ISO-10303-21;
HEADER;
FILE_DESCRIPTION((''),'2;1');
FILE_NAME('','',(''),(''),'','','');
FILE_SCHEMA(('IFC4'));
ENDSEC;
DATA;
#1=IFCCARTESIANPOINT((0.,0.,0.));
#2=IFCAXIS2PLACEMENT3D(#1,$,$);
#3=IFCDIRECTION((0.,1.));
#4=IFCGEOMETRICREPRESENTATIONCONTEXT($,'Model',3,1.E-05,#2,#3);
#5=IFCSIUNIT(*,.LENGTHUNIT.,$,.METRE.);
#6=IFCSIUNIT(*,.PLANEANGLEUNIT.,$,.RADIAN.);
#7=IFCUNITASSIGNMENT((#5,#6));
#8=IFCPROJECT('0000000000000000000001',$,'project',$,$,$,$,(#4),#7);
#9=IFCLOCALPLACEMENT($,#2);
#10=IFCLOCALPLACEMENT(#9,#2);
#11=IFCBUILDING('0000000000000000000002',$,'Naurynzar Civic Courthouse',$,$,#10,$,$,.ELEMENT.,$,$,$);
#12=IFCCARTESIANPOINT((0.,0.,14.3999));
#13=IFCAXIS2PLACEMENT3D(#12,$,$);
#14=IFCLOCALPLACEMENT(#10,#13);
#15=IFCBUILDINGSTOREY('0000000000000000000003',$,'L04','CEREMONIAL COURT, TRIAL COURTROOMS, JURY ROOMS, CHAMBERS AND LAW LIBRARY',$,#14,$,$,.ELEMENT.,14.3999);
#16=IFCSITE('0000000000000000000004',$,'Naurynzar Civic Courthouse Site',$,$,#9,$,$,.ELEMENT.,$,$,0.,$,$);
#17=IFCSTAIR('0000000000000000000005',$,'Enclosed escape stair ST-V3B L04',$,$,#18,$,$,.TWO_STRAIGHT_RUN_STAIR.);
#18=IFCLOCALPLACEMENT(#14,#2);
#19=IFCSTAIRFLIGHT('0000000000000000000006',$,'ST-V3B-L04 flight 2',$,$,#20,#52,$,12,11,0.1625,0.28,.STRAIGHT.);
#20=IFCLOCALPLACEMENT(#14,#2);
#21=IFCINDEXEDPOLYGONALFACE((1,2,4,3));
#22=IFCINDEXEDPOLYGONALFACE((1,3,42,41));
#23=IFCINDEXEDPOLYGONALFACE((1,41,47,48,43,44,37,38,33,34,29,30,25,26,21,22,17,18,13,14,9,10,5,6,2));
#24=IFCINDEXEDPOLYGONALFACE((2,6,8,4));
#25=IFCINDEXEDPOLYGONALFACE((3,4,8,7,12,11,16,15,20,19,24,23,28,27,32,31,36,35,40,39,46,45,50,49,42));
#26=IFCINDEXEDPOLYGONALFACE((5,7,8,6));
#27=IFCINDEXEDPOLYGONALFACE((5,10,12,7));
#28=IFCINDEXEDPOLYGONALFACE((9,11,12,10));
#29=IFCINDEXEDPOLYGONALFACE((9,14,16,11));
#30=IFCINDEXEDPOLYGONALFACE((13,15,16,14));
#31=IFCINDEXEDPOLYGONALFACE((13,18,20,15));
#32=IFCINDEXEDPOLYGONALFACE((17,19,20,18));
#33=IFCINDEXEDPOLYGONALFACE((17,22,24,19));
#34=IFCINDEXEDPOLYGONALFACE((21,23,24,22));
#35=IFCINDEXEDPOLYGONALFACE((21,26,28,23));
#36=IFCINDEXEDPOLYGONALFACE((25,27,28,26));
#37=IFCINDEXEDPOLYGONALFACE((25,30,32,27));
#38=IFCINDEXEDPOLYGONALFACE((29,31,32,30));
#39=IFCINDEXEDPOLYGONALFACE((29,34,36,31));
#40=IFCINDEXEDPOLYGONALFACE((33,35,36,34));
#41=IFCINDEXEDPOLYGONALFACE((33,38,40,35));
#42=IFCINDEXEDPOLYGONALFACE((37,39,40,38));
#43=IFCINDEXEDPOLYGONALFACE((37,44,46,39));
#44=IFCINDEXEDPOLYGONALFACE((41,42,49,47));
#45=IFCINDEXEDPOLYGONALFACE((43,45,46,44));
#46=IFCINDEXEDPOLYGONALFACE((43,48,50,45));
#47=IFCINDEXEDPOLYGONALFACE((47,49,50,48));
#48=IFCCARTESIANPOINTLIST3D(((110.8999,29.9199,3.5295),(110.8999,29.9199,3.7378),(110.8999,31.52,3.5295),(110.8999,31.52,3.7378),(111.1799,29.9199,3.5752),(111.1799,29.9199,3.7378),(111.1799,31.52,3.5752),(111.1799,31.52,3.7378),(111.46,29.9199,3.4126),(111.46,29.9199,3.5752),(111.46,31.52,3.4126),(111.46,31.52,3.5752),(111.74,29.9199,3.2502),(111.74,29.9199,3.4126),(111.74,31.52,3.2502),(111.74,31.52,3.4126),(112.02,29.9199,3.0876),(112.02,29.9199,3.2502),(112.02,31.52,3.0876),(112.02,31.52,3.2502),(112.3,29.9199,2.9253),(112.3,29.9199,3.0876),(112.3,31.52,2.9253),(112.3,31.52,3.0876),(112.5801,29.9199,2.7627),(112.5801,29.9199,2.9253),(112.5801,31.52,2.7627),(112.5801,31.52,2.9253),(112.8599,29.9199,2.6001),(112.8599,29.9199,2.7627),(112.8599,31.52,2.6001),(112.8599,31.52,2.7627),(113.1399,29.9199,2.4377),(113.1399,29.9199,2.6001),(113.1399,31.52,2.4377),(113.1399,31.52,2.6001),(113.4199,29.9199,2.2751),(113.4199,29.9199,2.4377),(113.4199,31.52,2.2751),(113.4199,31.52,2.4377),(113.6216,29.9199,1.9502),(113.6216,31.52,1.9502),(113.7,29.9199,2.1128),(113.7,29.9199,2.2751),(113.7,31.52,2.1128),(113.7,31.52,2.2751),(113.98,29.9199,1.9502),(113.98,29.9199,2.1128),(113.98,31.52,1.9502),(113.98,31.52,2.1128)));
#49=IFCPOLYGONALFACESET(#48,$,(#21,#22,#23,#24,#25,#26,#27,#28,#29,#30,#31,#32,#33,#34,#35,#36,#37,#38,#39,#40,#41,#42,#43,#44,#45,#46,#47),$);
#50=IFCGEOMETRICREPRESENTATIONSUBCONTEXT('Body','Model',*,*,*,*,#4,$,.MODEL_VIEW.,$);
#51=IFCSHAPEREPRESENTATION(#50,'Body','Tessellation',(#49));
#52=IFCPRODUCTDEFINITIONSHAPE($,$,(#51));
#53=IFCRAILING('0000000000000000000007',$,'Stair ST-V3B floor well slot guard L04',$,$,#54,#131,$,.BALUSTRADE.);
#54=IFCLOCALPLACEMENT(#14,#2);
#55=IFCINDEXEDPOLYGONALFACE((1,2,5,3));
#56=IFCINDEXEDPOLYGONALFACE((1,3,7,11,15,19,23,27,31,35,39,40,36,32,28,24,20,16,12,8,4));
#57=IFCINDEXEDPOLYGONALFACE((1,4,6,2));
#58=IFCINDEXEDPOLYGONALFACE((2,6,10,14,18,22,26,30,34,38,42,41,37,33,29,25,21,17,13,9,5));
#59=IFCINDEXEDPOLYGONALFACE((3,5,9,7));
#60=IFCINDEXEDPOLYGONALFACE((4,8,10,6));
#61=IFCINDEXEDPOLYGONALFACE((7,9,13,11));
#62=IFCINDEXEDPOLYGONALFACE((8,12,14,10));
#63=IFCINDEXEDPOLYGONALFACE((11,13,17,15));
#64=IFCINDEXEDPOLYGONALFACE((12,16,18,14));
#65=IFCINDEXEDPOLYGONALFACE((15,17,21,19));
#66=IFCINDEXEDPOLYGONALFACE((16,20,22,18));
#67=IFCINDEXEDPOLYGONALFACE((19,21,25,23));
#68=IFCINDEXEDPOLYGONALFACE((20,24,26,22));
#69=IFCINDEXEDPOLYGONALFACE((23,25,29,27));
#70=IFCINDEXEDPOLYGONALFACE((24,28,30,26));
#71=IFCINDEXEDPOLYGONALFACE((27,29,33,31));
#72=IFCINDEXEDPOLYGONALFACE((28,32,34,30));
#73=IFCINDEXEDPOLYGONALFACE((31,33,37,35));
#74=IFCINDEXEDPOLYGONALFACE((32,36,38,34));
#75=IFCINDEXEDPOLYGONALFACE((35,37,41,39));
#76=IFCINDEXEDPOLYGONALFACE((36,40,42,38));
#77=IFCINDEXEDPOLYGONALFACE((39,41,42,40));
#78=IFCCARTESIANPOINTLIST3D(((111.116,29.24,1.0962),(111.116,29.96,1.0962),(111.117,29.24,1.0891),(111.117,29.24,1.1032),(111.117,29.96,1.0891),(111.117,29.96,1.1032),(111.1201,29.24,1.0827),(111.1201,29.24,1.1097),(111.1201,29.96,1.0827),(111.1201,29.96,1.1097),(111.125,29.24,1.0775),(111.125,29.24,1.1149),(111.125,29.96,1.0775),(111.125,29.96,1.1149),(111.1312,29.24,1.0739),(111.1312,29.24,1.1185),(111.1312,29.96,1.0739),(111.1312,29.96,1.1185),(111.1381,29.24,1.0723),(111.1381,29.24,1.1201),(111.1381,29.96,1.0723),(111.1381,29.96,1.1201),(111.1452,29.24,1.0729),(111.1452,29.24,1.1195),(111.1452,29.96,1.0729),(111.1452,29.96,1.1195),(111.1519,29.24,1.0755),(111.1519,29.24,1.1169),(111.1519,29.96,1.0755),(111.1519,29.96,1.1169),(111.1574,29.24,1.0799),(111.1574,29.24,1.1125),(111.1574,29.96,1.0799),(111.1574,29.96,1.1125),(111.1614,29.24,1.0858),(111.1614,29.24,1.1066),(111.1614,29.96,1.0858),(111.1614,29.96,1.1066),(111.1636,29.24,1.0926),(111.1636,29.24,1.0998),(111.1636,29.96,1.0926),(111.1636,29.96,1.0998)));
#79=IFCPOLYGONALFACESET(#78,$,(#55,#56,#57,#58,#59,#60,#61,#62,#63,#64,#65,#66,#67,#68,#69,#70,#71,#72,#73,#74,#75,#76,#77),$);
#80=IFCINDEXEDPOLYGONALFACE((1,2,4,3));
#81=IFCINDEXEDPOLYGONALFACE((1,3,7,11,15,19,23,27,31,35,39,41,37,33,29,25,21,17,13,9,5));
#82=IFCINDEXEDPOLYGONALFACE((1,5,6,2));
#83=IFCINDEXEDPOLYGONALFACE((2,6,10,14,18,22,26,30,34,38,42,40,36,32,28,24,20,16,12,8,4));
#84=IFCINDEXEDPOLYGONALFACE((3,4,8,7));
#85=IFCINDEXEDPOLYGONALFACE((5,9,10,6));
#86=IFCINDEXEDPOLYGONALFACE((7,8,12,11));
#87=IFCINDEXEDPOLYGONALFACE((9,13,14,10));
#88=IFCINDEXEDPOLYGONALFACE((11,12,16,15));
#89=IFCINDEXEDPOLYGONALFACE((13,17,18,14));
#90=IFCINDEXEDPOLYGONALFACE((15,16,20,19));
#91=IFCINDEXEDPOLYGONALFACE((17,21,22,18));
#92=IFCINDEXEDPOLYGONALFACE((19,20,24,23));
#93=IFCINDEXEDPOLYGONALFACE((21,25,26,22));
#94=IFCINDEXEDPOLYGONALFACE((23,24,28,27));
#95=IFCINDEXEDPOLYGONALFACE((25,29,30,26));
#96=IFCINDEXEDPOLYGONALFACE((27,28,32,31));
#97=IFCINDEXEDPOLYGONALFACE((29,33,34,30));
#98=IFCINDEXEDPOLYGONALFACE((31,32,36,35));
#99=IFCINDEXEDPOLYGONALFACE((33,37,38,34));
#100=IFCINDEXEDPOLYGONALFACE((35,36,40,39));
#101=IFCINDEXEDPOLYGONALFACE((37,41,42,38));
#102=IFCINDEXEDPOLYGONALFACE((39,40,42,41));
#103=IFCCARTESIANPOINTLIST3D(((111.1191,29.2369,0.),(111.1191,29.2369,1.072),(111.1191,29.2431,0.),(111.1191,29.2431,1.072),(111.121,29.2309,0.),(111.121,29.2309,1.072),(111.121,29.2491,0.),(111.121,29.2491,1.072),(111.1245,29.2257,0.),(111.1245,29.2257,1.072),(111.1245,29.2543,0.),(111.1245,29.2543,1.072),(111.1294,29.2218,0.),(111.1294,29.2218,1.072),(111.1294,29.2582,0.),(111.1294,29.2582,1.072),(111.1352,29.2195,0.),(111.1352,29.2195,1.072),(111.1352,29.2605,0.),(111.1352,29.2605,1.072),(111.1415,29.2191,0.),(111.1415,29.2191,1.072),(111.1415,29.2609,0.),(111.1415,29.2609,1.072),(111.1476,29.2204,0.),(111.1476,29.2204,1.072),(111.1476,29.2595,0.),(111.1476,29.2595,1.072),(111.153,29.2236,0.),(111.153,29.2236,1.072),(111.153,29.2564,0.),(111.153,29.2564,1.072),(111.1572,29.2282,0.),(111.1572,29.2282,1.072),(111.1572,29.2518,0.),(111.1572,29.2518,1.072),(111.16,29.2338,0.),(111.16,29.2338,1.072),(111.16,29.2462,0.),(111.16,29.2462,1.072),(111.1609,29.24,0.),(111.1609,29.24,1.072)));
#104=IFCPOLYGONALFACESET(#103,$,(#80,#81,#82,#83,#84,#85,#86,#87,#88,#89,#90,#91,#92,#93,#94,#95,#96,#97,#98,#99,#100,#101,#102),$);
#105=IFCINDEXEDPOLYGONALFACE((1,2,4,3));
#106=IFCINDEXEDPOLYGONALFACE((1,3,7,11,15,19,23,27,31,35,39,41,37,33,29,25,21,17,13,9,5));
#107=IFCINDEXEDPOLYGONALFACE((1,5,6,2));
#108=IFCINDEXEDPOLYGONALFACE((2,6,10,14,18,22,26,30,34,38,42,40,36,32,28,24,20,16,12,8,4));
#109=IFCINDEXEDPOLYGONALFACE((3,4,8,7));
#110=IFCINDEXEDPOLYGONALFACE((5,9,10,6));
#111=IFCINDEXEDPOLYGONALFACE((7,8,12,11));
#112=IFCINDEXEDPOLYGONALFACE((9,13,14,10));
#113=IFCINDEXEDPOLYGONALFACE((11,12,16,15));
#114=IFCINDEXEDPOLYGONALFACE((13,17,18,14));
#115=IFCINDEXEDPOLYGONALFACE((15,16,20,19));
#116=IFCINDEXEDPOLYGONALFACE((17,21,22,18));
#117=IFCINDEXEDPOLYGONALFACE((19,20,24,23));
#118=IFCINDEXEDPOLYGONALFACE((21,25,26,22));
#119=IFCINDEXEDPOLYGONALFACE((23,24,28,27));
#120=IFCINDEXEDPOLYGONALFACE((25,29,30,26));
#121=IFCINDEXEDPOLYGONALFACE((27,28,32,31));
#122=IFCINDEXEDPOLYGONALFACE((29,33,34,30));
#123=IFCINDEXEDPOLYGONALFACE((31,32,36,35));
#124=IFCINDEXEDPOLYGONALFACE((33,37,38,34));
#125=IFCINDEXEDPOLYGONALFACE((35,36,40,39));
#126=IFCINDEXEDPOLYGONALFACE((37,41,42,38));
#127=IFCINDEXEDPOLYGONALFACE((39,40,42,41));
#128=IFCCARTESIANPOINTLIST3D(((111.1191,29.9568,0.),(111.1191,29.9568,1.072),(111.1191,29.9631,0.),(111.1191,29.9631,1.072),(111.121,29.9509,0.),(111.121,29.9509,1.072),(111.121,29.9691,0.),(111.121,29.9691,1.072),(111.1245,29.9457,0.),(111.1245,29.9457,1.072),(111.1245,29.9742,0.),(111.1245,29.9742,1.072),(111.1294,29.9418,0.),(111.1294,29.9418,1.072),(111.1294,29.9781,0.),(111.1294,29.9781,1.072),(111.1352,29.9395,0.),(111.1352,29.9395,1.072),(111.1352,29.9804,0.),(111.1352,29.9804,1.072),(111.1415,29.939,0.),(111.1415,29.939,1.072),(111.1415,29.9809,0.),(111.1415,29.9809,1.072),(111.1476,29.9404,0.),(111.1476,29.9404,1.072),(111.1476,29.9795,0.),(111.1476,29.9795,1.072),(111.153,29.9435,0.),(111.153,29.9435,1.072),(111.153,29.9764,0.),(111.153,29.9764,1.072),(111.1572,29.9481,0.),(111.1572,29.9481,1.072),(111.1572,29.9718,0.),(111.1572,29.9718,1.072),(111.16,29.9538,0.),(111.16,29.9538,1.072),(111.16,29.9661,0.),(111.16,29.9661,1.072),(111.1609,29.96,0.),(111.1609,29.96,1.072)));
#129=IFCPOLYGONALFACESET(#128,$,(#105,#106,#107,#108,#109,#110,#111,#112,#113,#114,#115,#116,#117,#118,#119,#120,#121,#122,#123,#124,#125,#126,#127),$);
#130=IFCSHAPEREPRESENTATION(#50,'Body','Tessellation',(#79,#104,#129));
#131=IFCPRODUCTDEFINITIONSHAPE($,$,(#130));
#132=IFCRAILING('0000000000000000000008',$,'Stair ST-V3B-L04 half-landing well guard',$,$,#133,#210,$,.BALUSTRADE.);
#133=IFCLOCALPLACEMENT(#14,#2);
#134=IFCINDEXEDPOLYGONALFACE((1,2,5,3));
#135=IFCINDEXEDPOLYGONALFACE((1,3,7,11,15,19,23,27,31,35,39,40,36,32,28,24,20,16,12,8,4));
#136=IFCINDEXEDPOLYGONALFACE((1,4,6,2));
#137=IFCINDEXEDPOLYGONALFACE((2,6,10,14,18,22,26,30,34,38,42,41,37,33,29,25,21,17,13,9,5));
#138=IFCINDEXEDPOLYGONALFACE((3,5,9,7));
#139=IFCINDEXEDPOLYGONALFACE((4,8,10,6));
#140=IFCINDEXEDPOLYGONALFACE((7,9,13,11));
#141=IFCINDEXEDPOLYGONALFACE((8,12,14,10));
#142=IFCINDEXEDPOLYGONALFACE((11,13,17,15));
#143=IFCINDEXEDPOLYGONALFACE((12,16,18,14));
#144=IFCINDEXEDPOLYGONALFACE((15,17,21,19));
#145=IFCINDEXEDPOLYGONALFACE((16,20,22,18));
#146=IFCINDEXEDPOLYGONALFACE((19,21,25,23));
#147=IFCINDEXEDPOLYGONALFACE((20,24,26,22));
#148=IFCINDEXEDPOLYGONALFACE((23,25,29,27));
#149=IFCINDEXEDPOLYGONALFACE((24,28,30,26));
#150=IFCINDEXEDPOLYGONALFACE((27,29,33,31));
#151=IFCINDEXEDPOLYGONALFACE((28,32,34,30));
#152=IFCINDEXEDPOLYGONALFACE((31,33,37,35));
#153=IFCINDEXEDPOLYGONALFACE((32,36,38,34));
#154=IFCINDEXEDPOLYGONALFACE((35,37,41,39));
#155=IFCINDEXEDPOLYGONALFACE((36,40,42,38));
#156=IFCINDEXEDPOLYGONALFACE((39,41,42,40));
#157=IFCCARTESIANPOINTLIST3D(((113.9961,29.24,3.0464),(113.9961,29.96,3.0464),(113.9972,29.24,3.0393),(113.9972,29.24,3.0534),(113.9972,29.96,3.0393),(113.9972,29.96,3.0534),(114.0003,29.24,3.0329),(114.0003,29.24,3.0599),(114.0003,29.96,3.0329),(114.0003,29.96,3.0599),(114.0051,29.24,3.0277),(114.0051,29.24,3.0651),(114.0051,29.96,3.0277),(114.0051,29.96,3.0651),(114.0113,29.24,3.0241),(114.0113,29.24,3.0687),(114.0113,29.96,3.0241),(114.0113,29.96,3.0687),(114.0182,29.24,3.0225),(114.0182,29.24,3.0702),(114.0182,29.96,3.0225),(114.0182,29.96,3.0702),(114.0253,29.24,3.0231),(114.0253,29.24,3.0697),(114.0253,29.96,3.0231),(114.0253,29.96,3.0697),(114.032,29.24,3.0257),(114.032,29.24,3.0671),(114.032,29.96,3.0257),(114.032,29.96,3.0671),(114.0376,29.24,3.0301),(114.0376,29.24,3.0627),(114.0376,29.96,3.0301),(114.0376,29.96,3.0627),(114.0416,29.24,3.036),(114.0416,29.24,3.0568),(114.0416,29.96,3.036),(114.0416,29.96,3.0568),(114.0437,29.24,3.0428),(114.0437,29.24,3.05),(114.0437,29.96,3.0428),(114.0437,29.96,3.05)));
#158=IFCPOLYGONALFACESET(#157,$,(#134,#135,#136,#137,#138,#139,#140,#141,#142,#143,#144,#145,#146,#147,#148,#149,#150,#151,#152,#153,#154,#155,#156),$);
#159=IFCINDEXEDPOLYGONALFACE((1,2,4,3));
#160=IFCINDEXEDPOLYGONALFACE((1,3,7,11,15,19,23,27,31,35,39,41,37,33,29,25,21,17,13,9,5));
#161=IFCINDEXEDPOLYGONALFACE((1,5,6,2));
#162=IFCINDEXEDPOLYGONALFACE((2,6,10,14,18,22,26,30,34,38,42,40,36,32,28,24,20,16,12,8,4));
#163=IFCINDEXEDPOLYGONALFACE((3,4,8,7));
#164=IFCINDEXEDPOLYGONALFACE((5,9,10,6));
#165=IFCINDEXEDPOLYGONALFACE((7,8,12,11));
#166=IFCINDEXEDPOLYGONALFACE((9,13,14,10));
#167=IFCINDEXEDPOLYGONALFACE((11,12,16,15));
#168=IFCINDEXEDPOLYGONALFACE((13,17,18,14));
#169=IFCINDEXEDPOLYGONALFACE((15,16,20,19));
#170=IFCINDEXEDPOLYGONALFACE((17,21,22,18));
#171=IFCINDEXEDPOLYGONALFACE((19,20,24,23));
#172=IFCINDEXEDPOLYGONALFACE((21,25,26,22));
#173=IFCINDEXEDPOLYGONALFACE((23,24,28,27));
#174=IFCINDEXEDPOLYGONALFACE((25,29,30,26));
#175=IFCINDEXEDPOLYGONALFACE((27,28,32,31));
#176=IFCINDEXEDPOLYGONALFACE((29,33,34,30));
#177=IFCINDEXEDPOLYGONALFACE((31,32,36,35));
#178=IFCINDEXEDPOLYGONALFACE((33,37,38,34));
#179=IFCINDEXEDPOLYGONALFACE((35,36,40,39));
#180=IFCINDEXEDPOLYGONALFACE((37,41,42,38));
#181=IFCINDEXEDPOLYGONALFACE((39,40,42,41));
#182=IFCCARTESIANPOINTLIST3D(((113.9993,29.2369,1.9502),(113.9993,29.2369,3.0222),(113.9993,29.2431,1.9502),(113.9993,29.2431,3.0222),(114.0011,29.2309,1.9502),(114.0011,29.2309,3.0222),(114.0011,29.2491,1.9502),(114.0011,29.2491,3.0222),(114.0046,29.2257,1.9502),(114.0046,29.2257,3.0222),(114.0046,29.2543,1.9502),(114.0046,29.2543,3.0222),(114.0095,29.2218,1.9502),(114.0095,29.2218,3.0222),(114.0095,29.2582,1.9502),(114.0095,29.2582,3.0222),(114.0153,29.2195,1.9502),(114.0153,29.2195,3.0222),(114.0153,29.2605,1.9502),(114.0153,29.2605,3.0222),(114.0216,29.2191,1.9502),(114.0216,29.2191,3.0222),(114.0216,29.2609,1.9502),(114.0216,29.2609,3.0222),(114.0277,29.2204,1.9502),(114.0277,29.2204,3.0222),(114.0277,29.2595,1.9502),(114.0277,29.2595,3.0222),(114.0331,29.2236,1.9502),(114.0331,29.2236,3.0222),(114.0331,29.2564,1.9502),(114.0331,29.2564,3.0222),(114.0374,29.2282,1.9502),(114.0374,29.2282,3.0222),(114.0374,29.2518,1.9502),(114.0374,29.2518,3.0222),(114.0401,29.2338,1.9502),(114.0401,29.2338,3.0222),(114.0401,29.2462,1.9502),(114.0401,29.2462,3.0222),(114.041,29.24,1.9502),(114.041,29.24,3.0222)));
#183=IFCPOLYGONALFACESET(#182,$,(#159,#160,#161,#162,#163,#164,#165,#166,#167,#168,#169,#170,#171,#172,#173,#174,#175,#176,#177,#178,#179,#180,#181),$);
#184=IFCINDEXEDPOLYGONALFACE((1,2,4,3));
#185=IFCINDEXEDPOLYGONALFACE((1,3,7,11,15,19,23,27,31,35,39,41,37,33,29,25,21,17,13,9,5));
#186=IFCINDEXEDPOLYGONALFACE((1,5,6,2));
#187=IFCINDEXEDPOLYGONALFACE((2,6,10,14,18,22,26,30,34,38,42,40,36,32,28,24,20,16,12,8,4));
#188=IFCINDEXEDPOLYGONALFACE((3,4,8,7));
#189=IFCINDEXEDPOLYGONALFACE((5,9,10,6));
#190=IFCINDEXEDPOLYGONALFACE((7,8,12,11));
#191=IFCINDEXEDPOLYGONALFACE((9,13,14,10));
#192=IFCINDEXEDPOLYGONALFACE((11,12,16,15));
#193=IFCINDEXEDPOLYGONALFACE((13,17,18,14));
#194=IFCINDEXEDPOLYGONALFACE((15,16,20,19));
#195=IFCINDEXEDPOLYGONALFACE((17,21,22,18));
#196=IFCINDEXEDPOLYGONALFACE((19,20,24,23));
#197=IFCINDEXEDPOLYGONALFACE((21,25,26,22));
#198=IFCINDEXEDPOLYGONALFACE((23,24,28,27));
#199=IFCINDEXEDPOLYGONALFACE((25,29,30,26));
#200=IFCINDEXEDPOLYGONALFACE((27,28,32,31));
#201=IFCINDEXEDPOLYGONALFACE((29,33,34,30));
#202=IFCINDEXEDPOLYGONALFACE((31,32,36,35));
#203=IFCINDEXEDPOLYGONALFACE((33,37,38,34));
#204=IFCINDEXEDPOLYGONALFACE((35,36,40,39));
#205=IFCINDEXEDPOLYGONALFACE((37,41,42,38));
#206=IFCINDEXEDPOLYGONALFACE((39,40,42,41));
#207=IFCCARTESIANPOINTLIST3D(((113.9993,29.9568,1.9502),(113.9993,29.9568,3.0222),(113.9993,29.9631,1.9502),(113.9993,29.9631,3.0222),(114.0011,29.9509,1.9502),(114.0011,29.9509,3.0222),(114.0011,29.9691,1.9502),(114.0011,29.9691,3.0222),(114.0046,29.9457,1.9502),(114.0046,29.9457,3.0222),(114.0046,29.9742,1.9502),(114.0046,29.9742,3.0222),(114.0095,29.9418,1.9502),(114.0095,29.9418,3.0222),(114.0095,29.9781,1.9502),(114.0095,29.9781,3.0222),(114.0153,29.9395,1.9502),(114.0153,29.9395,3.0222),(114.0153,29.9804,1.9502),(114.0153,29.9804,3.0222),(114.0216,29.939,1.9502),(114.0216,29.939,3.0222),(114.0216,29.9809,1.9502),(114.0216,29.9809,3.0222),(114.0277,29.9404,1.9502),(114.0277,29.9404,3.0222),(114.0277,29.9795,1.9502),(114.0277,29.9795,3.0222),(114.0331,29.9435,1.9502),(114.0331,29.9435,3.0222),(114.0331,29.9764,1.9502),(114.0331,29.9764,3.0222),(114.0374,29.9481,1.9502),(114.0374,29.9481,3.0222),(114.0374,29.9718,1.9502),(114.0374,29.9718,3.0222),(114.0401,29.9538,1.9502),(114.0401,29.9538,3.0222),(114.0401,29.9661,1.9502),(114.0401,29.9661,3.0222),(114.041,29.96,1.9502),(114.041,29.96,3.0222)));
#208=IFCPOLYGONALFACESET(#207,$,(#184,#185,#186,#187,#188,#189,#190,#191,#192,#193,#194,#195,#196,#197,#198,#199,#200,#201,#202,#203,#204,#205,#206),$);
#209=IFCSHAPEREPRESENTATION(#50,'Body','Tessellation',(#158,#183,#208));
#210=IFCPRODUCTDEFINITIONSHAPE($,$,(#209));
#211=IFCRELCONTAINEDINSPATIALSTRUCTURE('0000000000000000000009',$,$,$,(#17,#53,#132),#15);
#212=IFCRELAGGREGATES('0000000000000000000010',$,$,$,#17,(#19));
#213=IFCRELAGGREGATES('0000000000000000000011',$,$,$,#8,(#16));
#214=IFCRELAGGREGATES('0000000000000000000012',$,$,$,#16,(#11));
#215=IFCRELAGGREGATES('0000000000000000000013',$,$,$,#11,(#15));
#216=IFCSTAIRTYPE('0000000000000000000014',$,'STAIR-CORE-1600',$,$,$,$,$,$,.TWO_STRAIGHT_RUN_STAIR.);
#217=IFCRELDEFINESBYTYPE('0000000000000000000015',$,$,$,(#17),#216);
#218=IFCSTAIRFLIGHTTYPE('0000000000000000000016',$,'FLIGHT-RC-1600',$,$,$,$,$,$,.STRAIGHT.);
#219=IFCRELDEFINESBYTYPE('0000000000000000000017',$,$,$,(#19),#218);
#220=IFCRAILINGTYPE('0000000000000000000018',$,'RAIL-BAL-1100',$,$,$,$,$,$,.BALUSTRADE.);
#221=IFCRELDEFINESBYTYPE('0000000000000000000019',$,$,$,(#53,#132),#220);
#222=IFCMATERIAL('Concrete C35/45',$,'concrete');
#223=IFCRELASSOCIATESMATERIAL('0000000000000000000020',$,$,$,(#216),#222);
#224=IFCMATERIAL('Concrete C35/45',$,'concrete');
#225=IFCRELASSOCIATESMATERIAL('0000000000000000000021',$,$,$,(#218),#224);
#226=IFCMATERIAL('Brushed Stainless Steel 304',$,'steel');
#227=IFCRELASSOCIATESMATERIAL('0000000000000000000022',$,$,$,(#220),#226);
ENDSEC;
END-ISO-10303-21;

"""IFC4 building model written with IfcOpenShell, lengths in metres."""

from ifc_helpers import new_model, si_unit, direction, frame, origin, origin_2d, place, context, subcontext, project, spatial, polyline, circle, outline, extrude, material, type_object, element, aggregate, save


model = new_model("IFC4")

# Units and contexts
model_context = context("Model", 3, precision=1e-05, world=origin(), true_north=direction((0.0, 1.0)))
body_context = subcontext(model_context, "Body", "Model", "MODEL_VIEW")
ifc_project = project(units=[si_unit("LENGTHUNIT", "METRE"), si_unit("PLANEANGLEUNIT", "RADIAN")], contexts=[model_context])

# Site, building, storey
site_placement = place(None, origin())
site = spatial("IfcSite", under=ifc_project, at=site_placement, Name="Naurynzar Civic Courthouse Site", CompositionType="ELEMENT", RefElevation=0.0)
building_placement = place(site_placement, origin())
building = spatial("IfcBuilding", under=site, at=building_placement, Name="Naurynzar Civic Courthouse", CompositionType="ELEMENT")
storey_placement = place(building_placement, frame((0.0, 0.0, 14.3999)))
storey = spatial("IfcBuildingStorey", under=building, at=storey_placement, Name="L04", Description="CEREMONIAL COURT, TRIAL COURTROOMS, JURY ROOMS, CHAMBERS AND LAW LIBRARY", CompositionType="ELEMENT", Elevation=14.3999)

# Stair, stair flight
ifc_material_1 = material(Name="Concrete C35/45", Category="concrete")
stair_type = type_object("IfcStairType", Name="STAIR-CORE-1600", PredefinedType="TWO_STRAIGHT_RUN_STAIR", material=ifc_material_1)
stair_placement = place(storey_placement, origin())
stair = element("IfcStair", 1, at=stair_placement, inside=storey, type_object=stair_type, Name="Enclosed escape stair ST-V3B L04", PredefinedType="TWO_STRAIGHT_RUN_STAIR")
ifc_material_2 = material(Name="Concrete C35/45", Category="concrete")
stair_flight_type = type_object("IfcStairFlightType", Name="FLIGHT-RC-1600", PredefinedType="STRAIGHT", material=ifc_material_2)
stair_flight_1_placement = place(storey_placement, frame((113.98, 30.72, 1.9502), z_axis=(0.0, 0.0, 1.0), x_axis=(-1.0, 0.0, 0.0)))
stair_flight_1 = element("IfcStairFlight", 2, at=stair_flight_1_placement, type_object=stair_flight_type, Name="ST-V3B-L04 flight 2", NumberOfRisers=12, NumberOfTreads=11, PredefinedType="STRAIGHT", RiserHeight=0.1625, TreadLength=0.28, context=body_context, shape_type="SweptSolid", body=[
    extrude(outline(polyline([(0.0, 0.0), (0.0, 0.1626), (0.28, 0.1626), (0.28, 0.325), (0.5601, 0.325), (0.5601, 0.4875), (0.8401, 0.4875), (0.8401, 0.6499), (1.1201, 0.6499), (1.1201, 0.8125), (1.3999, 0.8125), (1.3999, 0.9751), (1.6799, 0.9751), (1.6799, 1.1375), (1.96, 1.1375), (1.96, 1.3), (2.24, 1.3), (2.24, 1.4624), (2.52, 1.4624), (2.52, 1.625), (2.8, 1.625), (2.8, 1.7876), (3.0801, 1.7876), (3.0801, 1.95), (3.0801, 1.5793), (0.3584, 0.0), (0.0, 0.0)])), frame((0.0, 0.8, 0.0), z_axis=(0.0, -1.0, 0.0), x_axis=(1.0, 0.0, 0.0)), (0.0, 0.0, 1.0), 1.6001),
])
aggregate(stair, [stair_flight_1])

# Railings
ifc_material_3 = material(Name="Brushed Stainless Steel 304", Category="steel")
railing_type_1 = type_object("IfcRailingType", Name="RAIL-BAL-1100", PredefinedType="BALUSTRADE", material=ifc_material_3)
for number, where, name in (
    (3, (111.1399, 29.24, 0.0), "Stair ST-V3B floor well slot guard L04"),
    (4, (114.02, 29.24, 1.9502), "Stair ST-V3B-L04 half-landing well guard"),
):
    element("IfcRailing", number, at=place(storey_placement, frame(where)), inside=storey, type_object=railing_type_1, Name=name, PredefinedType="BALUSTRADE", context=body_context, shape_type="SweptSolid", body=[
        extrude(circle(Radius=0.0239, at=origin_2d()), frame((0.0, 0.0, 1.0962), z_axis=(0.0, 1.0, 0.0), x_axis=(-1.0, 0.0, 0.0)), (0.0, 0.0, 1.0), 0.72),
        extrude(circle(Radius=0.021, at=origin_2d()), origin(), (0.0, 0.0, 1.0), 1.072),
        extrude(circle(Radius=0.021, at=origin_2d()), frame((0.0, 0.72, 0.0)), (0.0, 0.0, 1.0), 1.072),
    ])

save(model, "model.ifc")
